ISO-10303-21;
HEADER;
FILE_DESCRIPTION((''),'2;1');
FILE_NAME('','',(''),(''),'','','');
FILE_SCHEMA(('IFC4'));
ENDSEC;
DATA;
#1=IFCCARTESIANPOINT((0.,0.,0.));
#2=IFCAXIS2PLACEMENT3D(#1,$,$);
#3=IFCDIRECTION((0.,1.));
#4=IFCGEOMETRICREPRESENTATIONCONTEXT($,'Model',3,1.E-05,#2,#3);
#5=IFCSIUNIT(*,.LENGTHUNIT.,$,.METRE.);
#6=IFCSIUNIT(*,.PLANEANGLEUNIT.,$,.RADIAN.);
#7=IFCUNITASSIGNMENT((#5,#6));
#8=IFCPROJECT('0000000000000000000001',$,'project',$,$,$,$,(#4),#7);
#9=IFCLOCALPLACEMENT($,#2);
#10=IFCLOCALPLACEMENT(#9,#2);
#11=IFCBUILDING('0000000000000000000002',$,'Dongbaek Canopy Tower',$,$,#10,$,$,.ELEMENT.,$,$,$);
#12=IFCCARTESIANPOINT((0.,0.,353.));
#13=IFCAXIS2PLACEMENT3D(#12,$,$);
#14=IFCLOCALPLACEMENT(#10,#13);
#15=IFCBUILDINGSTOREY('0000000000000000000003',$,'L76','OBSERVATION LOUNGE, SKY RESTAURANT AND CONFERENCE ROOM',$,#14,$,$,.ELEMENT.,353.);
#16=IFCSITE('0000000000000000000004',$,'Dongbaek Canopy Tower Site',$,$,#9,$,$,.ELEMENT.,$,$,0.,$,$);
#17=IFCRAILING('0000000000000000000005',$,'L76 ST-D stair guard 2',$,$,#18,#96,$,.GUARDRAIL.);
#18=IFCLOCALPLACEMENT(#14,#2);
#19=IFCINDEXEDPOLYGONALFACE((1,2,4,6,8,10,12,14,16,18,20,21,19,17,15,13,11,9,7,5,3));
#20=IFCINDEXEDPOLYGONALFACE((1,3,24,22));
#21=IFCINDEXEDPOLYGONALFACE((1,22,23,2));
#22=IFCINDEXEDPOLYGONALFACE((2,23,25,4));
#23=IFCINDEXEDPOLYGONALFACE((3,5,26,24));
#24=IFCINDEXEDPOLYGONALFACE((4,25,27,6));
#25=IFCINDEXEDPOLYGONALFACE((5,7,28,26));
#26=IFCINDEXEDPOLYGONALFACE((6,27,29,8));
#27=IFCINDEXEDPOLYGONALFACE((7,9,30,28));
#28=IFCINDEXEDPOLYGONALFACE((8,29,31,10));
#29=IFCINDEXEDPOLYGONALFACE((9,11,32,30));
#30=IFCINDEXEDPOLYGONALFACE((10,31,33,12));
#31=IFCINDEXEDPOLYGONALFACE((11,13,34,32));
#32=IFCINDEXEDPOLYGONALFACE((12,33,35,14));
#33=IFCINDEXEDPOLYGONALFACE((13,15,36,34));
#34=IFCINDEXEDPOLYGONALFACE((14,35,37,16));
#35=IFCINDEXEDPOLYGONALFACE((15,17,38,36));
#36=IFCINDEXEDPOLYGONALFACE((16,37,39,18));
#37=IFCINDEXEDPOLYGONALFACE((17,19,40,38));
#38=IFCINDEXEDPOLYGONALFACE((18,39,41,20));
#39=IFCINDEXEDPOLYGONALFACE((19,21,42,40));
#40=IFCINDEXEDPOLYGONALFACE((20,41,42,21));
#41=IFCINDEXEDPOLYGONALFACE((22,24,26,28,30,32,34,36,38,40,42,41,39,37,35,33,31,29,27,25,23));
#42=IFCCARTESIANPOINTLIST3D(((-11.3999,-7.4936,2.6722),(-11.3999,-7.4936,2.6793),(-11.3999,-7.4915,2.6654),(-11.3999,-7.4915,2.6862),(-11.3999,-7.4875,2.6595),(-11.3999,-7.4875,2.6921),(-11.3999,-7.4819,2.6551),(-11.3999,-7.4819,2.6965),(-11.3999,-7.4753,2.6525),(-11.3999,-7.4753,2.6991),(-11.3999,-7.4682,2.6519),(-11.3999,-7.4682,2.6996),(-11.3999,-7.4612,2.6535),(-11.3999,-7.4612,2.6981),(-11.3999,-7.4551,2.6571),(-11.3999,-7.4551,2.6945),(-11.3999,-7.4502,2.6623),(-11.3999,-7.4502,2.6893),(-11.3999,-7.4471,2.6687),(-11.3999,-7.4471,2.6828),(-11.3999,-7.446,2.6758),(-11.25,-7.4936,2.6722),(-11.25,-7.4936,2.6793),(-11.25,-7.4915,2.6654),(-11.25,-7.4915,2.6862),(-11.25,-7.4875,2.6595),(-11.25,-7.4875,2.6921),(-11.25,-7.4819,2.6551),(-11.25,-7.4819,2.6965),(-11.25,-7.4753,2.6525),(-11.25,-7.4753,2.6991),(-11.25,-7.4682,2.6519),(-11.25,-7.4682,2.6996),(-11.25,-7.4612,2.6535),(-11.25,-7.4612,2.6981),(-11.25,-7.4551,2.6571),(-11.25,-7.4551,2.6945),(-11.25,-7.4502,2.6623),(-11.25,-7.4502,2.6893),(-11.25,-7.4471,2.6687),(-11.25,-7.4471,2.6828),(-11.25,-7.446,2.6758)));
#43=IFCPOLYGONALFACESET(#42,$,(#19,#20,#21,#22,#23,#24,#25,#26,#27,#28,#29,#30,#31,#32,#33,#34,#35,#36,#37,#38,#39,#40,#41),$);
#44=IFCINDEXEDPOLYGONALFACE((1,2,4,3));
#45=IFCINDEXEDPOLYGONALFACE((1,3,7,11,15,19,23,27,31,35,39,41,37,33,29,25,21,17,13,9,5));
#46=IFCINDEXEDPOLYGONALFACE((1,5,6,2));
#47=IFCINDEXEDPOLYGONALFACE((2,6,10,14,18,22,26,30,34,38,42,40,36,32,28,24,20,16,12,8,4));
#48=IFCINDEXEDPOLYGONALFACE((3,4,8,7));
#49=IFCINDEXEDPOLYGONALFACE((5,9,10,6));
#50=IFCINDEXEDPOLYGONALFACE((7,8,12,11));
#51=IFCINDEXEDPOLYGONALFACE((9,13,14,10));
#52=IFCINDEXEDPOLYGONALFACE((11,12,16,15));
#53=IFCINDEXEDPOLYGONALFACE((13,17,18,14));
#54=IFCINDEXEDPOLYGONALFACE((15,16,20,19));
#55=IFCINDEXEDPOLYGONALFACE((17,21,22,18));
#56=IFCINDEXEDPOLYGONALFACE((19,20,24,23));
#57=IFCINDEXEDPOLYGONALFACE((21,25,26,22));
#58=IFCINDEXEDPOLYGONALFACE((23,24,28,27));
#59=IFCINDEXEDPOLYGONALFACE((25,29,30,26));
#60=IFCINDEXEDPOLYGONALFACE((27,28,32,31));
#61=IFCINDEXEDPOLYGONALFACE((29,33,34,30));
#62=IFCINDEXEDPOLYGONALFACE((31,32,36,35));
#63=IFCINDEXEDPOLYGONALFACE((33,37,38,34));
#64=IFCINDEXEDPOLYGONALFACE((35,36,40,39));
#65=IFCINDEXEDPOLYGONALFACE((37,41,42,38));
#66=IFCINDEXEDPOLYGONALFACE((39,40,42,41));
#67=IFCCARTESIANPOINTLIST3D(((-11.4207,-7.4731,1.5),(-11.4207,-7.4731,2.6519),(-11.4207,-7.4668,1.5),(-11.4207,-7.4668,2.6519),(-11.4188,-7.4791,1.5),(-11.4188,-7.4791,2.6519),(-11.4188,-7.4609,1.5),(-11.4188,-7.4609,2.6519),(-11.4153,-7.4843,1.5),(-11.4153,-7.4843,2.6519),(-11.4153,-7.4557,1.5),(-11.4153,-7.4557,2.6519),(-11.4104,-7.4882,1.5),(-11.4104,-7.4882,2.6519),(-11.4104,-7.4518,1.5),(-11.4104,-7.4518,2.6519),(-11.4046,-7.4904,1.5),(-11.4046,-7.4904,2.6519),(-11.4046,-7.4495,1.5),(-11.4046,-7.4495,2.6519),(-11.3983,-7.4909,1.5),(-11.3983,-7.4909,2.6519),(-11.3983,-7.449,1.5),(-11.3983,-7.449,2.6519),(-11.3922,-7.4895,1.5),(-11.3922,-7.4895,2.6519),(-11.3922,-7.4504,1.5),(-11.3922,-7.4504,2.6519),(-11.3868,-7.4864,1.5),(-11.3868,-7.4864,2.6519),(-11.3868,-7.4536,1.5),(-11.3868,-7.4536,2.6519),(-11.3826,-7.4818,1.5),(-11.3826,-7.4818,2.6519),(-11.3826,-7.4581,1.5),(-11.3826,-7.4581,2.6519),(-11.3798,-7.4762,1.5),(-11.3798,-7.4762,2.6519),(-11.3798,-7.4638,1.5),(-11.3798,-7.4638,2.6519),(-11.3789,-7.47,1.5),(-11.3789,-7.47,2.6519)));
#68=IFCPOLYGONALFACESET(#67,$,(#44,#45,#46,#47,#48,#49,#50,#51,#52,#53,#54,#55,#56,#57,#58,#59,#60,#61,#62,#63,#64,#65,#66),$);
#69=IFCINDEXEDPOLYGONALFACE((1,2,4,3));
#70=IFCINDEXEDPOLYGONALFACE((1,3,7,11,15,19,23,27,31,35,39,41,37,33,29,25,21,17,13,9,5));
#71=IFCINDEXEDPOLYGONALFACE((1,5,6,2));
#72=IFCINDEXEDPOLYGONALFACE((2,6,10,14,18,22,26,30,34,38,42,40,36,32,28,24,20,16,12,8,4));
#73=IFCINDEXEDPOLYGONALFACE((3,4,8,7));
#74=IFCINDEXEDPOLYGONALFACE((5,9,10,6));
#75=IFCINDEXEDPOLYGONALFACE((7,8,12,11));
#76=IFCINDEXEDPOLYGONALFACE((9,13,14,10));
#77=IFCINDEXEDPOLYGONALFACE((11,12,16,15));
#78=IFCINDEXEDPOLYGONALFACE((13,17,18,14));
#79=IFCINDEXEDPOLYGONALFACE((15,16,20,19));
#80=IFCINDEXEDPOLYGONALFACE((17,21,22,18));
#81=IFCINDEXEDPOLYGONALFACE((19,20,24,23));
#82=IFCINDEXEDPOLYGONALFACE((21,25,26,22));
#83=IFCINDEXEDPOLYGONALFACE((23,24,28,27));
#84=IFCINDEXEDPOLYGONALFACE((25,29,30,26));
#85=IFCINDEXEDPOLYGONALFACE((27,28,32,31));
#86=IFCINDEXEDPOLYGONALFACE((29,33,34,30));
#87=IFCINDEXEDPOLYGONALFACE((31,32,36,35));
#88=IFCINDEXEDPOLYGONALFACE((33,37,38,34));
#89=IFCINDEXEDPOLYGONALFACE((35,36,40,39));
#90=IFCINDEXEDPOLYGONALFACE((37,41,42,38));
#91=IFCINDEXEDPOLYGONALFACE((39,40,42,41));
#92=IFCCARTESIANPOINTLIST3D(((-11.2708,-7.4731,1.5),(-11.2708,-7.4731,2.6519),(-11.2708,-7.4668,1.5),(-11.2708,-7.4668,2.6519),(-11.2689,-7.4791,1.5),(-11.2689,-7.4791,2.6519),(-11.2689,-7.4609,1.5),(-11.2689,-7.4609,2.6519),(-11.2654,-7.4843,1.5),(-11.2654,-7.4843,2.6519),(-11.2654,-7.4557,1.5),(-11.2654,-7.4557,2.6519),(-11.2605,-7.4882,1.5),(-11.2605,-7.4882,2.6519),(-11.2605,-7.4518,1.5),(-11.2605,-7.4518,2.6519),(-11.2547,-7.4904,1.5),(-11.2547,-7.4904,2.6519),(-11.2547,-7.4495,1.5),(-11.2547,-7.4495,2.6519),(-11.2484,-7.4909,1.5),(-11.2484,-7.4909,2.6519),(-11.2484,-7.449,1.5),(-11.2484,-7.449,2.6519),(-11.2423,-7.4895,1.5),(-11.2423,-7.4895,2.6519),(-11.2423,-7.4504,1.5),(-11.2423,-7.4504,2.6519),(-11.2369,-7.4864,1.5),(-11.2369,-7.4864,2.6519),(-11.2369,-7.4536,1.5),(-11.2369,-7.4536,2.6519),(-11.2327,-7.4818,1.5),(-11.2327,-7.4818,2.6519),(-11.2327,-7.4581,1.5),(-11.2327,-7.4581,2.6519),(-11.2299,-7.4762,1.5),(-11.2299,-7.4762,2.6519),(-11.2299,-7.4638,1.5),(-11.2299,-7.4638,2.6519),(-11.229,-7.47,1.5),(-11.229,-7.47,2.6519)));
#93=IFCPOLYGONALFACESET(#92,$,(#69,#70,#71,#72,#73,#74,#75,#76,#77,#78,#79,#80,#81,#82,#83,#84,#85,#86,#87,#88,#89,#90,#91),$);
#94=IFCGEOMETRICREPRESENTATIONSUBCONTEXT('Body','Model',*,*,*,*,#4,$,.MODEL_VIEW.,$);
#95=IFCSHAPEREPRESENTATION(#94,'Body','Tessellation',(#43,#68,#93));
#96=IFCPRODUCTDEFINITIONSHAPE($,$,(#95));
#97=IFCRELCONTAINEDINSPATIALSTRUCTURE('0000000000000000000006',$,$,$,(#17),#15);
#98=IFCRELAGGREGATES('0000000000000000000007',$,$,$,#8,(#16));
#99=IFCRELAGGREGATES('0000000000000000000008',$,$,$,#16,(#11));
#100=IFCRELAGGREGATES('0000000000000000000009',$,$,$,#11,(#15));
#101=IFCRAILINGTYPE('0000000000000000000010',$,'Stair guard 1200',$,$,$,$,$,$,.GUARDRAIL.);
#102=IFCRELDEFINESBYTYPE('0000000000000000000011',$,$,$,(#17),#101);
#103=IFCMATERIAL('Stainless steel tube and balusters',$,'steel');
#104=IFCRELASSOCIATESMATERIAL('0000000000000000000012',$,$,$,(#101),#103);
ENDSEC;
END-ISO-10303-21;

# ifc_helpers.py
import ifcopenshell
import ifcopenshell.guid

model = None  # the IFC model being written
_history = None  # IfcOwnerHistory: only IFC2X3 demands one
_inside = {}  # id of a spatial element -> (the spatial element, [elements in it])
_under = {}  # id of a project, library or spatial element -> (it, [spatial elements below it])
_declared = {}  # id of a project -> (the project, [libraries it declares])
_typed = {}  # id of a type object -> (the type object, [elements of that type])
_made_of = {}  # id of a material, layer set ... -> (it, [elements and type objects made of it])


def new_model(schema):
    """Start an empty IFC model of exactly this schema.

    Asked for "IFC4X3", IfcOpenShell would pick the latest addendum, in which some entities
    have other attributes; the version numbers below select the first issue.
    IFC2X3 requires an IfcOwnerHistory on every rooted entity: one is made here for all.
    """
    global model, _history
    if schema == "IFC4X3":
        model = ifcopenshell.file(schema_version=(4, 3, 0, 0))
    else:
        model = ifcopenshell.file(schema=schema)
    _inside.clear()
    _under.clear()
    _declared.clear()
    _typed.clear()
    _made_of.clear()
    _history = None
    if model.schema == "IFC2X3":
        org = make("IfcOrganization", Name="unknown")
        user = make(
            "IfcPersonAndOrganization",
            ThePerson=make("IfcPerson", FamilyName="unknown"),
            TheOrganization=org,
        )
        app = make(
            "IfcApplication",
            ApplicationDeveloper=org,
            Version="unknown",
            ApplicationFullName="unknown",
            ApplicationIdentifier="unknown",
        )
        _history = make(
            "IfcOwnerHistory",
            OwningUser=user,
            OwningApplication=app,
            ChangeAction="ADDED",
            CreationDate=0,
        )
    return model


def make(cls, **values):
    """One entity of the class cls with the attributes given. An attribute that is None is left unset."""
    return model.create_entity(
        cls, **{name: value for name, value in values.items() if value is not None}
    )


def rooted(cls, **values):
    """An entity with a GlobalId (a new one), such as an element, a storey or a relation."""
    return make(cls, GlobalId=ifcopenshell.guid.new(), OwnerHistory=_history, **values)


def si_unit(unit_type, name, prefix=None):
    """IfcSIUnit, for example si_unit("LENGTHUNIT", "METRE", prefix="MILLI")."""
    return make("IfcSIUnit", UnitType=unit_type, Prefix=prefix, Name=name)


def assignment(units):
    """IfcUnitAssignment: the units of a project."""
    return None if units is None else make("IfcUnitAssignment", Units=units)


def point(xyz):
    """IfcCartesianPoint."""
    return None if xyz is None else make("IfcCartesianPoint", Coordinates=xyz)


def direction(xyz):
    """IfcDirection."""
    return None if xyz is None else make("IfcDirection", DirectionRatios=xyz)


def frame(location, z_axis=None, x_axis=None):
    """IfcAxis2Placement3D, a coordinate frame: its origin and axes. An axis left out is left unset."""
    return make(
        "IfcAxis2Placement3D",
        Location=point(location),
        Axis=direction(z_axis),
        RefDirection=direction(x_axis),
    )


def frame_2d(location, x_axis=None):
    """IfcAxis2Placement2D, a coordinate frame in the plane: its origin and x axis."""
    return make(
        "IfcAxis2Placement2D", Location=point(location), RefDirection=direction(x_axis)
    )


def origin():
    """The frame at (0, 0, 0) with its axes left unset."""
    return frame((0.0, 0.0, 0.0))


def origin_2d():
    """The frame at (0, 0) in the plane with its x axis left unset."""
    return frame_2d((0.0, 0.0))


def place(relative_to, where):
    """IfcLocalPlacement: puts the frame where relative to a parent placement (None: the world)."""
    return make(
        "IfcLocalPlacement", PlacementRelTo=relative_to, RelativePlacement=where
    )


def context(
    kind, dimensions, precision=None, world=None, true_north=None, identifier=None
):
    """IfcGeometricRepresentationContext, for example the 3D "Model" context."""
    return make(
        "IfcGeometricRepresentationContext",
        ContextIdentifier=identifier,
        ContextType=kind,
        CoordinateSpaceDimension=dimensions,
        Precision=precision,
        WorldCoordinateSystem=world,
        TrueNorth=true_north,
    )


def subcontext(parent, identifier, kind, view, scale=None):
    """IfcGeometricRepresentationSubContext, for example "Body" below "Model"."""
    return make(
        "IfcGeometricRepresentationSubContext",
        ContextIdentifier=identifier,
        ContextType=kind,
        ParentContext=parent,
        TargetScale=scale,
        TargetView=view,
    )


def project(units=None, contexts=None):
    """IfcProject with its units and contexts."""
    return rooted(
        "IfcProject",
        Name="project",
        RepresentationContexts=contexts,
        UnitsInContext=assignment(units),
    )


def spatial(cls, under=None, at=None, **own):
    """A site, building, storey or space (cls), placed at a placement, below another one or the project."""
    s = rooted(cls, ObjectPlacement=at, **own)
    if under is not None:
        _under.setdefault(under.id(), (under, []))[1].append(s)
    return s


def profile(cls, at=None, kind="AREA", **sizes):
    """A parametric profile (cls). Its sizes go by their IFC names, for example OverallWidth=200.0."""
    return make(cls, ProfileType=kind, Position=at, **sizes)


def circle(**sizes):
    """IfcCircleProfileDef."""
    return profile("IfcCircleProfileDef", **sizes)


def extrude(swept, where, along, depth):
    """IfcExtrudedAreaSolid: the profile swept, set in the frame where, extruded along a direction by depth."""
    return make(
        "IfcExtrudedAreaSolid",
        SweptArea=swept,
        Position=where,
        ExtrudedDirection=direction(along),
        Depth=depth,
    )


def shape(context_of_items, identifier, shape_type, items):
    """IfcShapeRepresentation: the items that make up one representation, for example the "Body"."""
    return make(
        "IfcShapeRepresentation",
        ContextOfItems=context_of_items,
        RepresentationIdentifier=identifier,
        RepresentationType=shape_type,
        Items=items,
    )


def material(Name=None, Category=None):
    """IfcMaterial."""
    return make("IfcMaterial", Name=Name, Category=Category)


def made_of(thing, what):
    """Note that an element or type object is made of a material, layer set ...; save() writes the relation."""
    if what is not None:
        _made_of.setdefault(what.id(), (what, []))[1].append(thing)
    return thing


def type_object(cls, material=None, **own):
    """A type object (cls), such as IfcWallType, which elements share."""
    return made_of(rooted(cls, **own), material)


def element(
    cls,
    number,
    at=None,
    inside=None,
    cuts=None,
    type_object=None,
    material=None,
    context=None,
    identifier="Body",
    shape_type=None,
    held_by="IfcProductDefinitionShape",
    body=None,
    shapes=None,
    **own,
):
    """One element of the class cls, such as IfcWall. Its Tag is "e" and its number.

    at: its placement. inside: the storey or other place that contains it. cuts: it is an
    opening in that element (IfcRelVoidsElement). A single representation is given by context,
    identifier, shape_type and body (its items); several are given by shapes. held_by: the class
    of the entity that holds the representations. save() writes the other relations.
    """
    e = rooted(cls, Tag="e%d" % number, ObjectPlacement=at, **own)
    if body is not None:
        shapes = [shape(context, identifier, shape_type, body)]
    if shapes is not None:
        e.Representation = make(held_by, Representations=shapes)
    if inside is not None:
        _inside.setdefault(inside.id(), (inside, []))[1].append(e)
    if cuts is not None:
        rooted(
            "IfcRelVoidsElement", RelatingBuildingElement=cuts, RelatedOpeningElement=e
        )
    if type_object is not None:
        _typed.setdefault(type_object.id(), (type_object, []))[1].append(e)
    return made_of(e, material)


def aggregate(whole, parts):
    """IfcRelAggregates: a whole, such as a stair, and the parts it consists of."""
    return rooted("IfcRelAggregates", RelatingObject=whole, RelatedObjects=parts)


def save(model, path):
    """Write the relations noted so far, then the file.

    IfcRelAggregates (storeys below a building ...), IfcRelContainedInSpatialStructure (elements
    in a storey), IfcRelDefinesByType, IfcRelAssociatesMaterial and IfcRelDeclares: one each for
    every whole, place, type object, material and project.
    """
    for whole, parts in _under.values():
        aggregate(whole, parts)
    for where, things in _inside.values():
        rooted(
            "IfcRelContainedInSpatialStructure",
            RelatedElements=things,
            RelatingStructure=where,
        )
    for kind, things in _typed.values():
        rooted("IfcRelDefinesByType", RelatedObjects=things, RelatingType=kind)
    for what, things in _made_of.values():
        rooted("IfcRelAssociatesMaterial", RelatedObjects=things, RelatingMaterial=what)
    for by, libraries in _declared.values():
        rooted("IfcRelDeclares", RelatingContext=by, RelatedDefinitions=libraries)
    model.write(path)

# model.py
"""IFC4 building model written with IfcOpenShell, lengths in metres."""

from ifc_helpers import new_model, si_unit, direction, frame, origin, origin_2d, place, context, subcontext, project, spatial, circle, extrude, material, type_object, element, save


model = new_model("IFC4")

# Units and contexts
model_context = context("Model", 3, precision=1e-05, world=origin(), true_north=direction((0.0, 1.0)))
body_context = subcontext(model_context, "Body", "Model", "MODEL_VIEW")
ifc_project = project(units=[si_unit("LENGTHUNIT", "METRE"), si_unit("PLANEANGLEUNIT", "RADIAN")], contexts=[model_context])

# Site, building, storey
site_placement = place(None, origin())
site = spatial("IfcSite", under=ifc_project, at=site_placement, Name="Dongbaek Canopy Tower Site", CompositionType="ELEMENT", RefElevation=0.0)
building_placement = place(site_placement, origin())
building = spatial("IfcBuilding", under=site, at=building_placement, Name="Dongbaek Canopy Tower", CompositionType="ELEMENT")
storey_placement = place(building_placement, frame((0.0, 0.0, 353.0)))
storey = spatial("IfcBuildingStorey", under=building, at=storey_placement, Name="L76", Description="OBSERVATION LOUNGE, SKY RESTAURANT AND CONFERENCE ROOM", CompositionType="ELEMENT", Elevation=353.0)

# Railing
ifc_material_1 = material(Name="Stainless steel tube and balusters", Category="steel")
railing_type_1 = type_object("IfcRailingType", Name="Stair guard 1200", PredefinedType="GUARDRAIL", material=ifc_material_1)
railing_1_placement = place(storey_placement, frame((-11.3999, -7.47, 1.5)))
element("IfcRailing", 1, at=railing_1_placement, inside=storey, type_object=railing_type_1, Name="L76 ST-D stair guard 2", PredefinedType="GUARDRAIL", context=body_context, shape_type="SweptSolid", body=[
    extrude(circle(Radius=0.0239, at=origin_2d()), frame((0.0, 0.0, 1.1758), z_axis=(1.0, 0.0, 0.0), x_axis=(0.0, 1.0, 0.0)), (0.0, 0.0, 1.0), 0.1499),
    extrude(circle(Radius=0.021, at=origin_2d()), origin(), (0.0, 0.0, 1.0), 1.1519),
    extrude(circle(Radius=0.021, at=origin_2d()), frame((0.1499, 0.0, 0.0)), (0.0, 0.0, 1.0), 1.1519),
])

save(model, "model.ifc")
